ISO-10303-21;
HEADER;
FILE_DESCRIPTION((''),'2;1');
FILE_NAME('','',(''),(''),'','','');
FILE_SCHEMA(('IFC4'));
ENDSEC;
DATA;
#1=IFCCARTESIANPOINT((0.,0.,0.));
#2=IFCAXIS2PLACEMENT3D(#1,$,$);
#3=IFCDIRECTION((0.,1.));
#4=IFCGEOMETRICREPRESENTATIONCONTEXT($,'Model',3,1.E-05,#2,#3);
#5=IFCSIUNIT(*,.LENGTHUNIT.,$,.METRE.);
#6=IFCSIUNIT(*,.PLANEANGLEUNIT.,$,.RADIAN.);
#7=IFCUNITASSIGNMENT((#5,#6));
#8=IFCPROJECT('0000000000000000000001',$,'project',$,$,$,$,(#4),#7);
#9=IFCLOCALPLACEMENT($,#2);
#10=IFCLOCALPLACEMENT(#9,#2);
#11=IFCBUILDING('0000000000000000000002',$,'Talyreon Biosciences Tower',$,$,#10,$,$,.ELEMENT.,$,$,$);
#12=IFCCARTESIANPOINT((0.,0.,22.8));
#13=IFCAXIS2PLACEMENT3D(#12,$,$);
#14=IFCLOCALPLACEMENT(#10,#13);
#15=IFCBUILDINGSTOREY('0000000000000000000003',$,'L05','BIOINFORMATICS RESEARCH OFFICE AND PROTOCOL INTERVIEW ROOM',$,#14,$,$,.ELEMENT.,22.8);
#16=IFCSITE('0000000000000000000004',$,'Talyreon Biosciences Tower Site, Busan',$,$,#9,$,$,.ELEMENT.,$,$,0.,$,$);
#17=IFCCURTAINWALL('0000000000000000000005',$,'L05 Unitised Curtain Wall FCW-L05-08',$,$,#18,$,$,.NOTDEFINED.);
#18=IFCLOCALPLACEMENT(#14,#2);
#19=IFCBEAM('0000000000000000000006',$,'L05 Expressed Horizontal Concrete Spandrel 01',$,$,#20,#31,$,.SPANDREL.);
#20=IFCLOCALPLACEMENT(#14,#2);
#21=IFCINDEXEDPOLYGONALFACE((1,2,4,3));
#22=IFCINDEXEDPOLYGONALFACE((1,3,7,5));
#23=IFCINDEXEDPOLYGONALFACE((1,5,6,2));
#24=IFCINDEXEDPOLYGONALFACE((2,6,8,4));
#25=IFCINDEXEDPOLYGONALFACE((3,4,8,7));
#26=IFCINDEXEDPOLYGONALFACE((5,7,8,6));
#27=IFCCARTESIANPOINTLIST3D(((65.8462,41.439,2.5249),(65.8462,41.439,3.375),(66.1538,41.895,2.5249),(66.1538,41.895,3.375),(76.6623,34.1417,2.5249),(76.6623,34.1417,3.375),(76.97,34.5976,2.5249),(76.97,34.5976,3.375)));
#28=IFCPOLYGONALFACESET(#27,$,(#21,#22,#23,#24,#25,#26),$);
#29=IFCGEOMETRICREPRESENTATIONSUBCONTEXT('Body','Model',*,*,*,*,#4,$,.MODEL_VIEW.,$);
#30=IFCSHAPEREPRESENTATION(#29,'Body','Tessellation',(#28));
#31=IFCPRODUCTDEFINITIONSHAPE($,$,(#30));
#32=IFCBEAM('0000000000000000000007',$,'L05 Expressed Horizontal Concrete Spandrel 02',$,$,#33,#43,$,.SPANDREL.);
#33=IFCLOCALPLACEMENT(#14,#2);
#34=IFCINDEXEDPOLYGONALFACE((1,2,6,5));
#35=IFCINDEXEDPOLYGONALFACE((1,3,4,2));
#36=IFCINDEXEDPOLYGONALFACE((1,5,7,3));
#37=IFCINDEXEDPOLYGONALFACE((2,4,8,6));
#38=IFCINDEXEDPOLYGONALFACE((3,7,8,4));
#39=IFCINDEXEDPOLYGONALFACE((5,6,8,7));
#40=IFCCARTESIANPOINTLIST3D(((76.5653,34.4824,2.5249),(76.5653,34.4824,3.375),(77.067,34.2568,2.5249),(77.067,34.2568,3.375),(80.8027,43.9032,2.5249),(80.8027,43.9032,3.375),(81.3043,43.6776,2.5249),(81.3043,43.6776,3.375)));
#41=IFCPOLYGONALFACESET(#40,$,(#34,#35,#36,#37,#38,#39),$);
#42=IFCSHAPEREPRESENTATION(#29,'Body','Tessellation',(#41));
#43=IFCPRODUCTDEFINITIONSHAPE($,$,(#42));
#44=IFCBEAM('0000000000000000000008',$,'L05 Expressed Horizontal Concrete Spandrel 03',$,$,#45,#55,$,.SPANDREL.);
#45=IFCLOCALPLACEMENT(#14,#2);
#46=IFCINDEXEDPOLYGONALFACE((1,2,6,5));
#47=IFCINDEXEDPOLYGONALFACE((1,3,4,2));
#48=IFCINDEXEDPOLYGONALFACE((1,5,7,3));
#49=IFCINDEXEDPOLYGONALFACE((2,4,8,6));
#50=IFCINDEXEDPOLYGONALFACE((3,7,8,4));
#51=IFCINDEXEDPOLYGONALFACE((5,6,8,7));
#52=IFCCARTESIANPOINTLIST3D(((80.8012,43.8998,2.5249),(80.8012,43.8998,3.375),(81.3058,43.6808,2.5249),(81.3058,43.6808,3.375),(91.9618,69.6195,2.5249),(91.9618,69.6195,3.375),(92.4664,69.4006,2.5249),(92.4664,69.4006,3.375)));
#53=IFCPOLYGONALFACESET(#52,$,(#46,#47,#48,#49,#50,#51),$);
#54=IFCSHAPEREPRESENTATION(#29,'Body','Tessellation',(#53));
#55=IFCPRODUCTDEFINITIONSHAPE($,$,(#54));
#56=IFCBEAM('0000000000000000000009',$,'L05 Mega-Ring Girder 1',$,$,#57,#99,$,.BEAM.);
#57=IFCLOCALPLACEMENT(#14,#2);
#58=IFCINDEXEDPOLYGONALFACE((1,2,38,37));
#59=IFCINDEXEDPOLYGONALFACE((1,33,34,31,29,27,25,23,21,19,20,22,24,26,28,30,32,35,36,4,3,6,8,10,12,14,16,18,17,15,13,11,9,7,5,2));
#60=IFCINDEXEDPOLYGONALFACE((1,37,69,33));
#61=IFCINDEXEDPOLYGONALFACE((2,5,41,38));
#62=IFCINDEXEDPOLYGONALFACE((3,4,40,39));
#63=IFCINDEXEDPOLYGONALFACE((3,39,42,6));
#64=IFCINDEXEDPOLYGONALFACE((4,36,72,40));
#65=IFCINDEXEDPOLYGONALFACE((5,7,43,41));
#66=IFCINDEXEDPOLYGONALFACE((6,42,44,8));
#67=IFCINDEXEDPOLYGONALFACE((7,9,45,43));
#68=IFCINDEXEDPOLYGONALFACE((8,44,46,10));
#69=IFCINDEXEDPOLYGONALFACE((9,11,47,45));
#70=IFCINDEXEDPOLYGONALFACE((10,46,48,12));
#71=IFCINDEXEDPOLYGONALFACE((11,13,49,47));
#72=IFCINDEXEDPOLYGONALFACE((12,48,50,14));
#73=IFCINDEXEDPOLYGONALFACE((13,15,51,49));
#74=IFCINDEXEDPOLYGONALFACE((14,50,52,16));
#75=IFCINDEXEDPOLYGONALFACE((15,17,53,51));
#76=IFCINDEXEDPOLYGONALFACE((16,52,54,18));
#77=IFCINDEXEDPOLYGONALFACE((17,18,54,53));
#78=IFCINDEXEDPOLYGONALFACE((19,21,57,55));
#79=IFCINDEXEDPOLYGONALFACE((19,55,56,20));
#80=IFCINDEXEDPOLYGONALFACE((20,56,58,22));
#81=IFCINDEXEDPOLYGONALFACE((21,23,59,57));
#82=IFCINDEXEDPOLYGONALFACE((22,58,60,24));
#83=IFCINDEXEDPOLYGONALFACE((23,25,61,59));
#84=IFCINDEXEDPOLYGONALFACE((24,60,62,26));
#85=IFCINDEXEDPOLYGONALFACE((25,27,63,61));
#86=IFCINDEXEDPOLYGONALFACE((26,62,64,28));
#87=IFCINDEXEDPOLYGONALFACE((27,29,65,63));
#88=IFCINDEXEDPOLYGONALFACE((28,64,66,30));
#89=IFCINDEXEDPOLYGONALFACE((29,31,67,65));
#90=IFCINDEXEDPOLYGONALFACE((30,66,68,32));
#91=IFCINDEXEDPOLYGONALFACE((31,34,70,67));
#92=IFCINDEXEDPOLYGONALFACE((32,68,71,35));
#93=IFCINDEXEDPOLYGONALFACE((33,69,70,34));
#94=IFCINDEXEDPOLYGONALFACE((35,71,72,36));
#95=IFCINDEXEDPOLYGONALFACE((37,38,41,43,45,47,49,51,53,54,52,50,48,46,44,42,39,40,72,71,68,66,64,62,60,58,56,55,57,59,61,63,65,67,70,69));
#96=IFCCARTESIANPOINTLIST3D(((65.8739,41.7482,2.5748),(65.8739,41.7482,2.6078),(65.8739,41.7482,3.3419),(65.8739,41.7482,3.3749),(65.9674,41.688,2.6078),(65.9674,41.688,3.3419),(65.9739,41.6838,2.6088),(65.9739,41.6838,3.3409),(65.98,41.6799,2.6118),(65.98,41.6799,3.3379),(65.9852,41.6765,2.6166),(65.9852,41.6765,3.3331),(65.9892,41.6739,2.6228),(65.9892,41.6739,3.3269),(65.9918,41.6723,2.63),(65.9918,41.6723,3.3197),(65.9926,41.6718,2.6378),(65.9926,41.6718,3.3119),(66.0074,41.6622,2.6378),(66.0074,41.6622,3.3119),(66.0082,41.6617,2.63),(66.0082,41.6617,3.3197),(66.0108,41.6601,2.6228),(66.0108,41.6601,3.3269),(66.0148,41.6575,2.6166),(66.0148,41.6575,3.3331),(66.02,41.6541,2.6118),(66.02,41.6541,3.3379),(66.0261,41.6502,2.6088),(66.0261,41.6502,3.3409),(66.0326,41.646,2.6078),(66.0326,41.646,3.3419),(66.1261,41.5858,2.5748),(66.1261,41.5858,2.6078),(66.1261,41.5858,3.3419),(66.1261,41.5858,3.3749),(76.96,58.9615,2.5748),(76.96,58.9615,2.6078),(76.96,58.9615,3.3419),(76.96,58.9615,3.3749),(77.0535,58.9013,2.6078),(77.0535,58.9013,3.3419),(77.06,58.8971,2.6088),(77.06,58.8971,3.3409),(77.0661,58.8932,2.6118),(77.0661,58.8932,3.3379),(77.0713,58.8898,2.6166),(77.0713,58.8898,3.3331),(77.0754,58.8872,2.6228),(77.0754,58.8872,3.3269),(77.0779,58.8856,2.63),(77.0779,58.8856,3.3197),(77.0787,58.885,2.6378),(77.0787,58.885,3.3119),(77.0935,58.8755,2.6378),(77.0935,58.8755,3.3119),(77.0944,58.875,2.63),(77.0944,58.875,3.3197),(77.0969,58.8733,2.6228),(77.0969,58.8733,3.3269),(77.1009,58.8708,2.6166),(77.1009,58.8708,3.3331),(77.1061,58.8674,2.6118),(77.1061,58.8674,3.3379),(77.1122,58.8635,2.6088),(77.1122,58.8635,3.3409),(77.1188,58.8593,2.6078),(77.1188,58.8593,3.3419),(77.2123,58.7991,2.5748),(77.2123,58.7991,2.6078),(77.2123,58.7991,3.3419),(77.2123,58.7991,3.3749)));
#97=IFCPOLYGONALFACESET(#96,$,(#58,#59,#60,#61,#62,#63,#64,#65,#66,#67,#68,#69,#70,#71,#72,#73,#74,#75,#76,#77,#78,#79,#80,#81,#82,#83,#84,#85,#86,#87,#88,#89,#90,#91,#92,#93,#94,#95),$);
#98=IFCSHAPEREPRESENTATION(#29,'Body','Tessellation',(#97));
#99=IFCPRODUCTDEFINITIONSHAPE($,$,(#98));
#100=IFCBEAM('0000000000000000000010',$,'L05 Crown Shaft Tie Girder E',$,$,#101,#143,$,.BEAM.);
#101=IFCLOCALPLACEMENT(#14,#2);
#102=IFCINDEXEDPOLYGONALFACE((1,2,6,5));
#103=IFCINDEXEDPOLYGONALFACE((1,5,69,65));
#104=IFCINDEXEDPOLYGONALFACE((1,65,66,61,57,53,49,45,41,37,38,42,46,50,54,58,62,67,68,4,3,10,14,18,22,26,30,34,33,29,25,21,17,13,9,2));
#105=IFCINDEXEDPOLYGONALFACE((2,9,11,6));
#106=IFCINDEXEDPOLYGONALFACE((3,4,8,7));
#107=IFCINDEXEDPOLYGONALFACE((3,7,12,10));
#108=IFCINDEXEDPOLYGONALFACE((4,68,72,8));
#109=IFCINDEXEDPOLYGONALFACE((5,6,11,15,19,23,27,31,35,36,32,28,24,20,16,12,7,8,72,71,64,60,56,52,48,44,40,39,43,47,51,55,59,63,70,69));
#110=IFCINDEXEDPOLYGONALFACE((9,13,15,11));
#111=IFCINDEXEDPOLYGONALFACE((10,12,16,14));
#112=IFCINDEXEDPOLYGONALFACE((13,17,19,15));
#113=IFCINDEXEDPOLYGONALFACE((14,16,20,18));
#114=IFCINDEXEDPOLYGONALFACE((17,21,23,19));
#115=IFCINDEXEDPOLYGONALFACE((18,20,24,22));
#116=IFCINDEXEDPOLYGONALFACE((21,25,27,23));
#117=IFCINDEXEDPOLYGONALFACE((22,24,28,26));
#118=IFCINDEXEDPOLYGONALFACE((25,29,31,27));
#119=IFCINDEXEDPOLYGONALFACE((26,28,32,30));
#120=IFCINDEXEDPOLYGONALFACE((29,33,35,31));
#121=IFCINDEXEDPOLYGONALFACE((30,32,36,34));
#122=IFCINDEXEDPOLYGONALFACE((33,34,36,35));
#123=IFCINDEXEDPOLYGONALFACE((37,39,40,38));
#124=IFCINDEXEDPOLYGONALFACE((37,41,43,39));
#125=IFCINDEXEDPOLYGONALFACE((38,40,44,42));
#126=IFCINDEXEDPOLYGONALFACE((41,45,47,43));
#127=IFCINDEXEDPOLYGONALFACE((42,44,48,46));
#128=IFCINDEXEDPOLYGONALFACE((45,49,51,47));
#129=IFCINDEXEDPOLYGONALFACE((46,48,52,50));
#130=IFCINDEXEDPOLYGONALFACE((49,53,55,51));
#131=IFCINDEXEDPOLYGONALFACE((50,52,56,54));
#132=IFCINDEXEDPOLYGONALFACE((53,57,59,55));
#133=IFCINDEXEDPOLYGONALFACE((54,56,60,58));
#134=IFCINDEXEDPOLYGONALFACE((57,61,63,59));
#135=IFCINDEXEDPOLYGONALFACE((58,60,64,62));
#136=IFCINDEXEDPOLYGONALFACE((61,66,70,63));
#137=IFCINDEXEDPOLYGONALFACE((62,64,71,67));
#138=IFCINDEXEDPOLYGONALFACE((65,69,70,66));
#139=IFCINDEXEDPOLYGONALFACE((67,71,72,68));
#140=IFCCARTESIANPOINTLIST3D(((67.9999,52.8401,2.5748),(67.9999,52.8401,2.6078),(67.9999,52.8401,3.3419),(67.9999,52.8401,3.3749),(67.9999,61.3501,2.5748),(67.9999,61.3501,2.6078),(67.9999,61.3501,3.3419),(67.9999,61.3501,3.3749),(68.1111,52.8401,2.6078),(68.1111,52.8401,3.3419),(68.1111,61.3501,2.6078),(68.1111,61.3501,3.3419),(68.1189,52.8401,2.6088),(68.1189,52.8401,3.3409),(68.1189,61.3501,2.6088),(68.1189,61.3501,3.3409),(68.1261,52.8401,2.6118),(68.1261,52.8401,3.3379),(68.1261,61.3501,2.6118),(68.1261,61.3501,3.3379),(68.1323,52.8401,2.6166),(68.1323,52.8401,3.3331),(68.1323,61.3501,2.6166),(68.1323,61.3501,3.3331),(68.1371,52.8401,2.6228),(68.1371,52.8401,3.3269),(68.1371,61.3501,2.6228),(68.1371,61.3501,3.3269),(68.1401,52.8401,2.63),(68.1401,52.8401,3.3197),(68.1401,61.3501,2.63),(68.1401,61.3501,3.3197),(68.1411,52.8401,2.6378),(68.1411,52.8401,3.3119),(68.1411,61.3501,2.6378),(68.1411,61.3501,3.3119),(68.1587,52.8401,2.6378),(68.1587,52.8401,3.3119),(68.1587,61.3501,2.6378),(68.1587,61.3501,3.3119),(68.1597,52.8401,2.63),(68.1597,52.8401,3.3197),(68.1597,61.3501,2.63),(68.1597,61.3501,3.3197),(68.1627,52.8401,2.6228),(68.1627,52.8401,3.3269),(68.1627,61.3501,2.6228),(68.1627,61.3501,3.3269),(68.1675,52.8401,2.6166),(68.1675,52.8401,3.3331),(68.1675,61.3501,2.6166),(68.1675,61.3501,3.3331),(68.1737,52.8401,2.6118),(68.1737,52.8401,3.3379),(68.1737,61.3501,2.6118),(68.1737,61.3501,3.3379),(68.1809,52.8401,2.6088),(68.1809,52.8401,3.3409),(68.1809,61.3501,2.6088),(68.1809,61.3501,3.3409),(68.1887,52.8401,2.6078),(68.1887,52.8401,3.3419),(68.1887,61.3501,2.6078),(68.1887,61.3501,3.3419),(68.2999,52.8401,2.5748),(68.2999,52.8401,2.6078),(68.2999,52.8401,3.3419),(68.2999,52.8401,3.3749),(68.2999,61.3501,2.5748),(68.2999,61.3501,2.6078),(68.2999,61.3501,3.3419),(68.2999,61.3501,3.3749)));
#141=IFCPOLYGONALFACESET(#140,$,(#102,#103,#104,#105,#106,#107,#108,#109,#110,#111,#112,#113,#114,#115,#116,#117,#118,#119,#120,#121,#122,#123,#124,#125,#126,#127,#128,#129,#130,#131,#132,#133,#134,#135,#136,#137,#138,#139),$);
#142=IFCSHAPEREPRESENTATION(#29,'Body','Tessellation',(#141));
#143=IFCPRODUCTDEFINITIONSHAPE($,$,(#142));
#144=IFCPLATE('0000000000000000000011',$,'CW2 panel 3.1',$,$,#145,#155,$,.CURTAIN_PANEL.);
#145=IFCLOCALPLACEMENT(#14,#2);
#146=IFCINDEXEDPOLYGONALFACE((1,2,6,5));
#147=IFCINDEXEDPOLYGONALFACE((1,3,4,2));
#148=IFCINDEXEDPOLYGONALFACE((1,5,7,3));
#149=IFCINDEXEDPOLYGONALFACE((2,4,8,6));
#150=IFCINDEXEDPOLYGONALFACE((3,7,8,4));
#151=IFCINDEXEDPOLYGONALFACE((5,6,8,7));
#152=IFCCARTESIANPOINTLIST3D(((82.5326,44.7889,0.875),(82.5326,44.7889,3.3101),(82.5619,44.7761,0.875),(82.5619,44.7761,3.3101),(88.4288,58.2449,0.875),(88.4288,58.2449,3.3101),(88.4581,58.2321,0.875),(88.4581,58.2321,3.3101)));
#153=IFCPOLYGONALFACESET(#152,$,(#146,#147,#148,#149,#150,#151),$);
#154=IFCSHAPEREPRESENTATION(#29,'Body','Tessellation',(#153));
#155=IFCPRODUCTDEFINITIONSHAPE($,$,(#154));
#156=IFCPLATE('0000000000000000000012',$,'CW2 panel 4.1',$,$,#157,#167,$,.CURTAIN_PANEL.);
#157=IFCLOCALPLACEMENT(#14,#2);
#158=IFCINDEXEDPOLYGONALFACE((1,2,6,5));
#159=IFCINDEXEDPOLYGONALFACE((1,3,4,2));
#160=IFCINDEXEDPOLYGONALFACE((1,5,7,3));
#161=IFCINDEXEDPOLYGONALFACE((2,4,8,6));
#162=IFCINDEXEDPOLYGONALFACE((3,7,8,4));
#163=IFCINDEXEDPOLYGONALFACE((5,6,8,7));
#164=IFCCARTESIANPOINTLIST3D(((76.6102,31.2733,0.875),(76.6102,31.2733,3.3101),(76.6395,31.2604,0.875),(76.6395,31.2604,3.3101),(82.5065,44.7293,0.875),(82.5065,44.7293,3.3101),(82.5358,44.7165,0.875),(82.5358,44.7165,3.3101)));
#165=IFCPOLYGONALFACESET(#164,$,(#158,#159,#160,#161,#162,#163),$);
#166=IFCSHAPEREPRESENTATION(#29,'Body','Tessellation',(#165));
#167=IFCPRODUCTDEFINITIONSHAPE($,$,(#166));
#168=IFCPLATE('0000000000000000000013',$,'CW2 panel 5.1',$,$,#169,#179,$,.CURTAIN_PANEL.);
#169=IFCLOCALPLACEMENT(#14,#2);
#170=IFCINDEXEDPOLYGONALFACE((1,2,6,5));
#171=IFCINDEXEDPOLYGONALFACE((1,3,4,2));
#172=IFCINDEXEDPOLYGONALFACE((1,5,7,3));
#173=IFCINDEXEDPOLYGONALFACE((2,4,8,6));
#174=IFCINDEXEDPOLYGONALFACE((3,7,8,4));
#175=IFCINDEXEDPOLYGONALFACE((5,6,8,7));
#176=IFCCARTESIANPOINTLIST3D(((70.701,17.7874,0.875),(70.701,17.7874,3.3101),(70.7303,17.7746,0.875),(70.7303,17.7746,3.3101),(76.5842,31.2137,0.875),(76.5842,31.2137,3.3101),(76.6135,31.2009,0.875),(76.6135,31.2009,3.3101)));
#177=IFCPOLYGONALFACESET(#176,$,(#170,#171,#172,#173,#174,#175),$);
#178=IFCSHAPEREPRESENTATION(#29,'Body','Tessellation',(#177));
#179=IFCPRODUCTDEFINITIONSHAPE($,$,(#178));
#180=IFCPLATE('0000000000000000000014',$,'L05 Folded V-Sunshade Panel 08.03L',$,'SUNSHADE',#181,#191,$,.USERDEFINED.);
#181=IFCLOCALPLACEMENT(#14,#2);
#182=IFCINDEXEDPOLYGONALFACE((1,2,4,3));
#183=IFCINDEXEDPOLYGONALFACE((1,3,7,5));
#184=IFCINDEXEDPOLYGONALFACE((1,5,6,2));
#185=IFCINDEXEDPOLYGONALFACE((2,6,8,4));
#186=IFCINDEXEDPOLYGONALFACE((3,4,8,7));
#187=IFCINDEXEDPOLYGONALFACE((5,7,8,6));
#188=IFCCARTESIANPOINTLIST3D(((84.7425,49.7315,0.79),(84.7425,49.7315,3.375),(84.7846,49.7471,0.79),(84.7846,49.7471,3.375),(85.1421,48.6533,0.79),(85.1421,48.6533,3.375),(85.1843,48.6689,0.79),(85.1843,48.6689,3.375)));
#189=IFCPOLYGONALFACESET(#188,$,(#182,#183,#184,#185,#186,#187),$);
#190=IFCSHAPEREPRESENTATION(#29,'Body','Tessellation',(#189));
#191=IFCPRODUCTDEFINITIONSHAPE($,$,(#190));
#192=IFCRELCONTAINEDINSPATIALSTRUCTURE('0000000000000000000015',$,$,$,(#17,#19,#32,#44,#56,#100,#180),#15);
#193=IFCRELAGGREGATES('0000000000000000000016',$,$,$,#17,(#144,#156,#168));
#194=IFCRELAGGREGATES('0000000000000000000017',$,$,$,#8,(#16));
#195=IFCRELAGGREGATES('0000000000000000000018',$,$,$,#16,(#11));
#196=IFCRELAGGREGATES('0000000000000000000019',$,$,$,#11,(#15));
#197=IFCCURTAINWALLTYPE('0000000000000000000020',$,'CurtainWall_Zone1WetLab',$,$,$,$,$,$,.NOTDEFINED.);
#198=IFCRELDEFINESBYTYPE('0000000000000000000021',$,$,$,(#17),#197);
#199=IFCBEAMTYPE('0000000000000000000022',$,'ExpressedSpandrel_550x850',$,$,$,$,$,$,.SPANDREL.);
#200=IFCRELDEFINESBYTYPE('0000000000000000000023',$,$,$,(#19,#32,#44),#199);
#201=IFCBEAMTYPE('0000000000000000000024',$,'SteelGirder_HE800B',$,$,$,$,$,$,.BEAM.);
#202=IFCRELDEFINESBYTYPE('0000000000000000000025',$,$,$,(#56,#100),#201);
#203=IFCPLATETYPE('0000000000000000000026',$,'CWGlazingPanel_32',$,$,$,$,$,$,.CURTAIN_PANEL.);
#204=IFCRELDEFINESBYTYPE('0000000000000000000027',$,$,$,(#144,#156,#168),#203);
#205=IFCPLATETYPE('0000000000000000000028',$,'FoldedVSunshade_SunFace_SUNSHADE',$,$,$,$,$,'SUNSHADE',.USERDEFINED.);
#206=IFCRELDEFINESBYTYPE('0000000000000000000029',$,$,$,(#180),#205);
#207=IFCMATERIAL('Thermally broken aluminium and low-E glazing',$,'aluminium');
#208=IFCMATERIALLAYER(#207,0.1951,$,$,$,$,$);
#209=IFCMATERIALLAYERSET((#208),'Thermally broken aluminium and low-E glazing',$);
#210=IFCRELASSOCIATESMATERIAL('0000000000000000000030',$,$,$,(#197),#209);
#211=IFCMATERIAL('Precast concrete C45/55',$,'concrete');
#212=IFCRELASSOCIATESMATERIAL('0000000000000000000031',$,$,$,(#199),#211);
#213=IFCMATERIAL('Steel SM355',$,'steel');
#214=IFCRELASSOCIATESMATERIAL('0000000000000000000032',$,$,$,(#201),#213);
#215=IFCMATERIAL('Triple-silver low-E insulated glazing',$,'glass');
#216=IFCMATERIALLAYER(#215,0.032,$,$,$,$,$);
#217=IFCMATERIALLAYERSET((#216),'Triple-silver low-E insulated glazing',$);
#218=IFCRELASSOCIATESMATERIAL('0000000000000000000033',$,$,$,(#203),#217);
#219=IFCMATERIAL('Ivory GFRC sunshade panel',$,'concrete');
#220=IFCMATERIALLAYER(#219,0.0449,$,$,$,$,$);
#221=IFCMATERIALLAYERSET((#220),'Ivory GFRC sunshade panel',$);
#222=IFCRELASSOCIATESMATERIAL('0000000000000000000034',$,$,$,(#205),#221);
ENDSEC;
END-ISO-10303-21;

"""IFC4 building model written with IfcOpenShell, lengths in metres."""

from ifc_helpers import new_model, si_unit, direction, frame, origin, origin_2d, place, context, subcontext, project, spatial, rectangle, i_section, extrude, material, layer, layer_set, material_profile, profile_set, type_object, element, aggregate, save


model = new_model("IFC4")

# Units and contexts
model_context = context("Model", 3, precision=1e-05, world=origin(), true_north=direction((0.0, 1.0)))
body_context = subcontext(model_context, "Body", "Model", "MODEL_VIEW")
ifc_project = project(units=[si_unit("LENGTHUNIT", "METRE"), si_unit("PLANEANGLEUNIT", "RADIAN")], contexts=[model_context])

# Site, building, storey
site_placement = place(None, origin())
site = spatial("IfcSite", under=ifc_project, at=site_placement, Name="Talyreon Biosciences Tower Site, Busan", CompositionType="ELEMENT", RefElevation=0.0)
building_placement = place(site_placement, origin())
building = spatial("IfcBuilding", under=site, at=building_placement, Name="Talyreon Biosciences Tower", CompositionType="ELEMENT")
storey_placement = place(building_placement, frame((0.0, 0.0, 22.8)))
storey = spatial("IfcBuildingStorey", under=building, at=storey_placement, Name="L05", Description="BIOINFORMATICS RESEARCH OFFICE AND PROTOCOL INTERVIEW ROOM", CompositionType="ELEMENT", Elevation=22.8)

# Shared definitions
ifc_material_1 = material(Name="Precast concrete C45/55", Category="concrete")

# Curtain wall
ifc_material_2 = material(Name="Thermally broken aluminium and low-E glazing", Category="aluminium")
ifc_layer_1 = layer(ifc_material_2, 0.1951)
ifc_layer_set_1 = layer_set([ifc_layer_1], Name="Thermally broken aluminium and low-E glazing")
curtain_wall_type = type_object("IfcCurtainWallType", Name="CurtainWall_Zone1WetLab", PredefinedType="NOTDEFINED", material=ifc_layer_set_1)
curtain_wall_placement = place(storey_placement, origin())
curtain_wall = element("IfcCurtainWall", 1, at=curtain_wall_placement, inside=storey, type_object=curtain_wall_type, Name="L05 Unitised Curtain Wall FCW-L05-08", PredefinedType="NOTDEFINED")

# Beams
ifc_material_profile_1 = material_profile(ifc_material_1, rectangle(XDim=0.55, YDim=0.8501, at=origin_2d()), Name="RCB 550x850")
ifc_profile_set_1 = profile_set([ifc_material_profile_1], Name="Precast concrete C45/55")
beam_type_1 = type_object("IfcBeamType", Name="ExpressedSpandrel_550x850", PredefinedType="SPANDREL", material=ifc_profile_set_1)
beam_1_placement = place(storey_placement, frame((66.0, 41.667, 2.95), z_axis=(0.828975, -0.559286, 0.0), x_axis=(0.559286, 0.828975, 0.0)))
element("IfcBeam", 2, at=beam_1_placement, inside=storey, type_object=beam_type_1, Name="L05 Expressed Horizontal Concrete Spandrel 01", PredefinedType="SPANDREL", context=body_context, shape_type="SweptSolid", body=[
    extrude(rectangle(XDim=0.55, YDim=0.8501, at=origin_2d()), origin(), (0.0, 0.0, 1.0), 13.0476),
])
beam_2_placement = place(storey_placement, frame((76.8162, 34.3696, 2.95), z_axis=(0.410204, 0.911994, 0.0), x_axis=(-0.911994, 0.410204, 0.0)))
element("IfcBeam", 3, at=beam_2_placement, inside=storey, type_object=beam_type_1, Name="L05 Expressed Horizontal Concrete Spandrel 02", PredefinedType="SPANDREL", context=body_context, shape_type="SweptSolid", body=[
    extrude(rectangle(XDim=0.55, YDim=0.8501, at=origin_2d()), origin(), (0.0, 0.0, 1.0), 10.3298),
])
beam_3_placement = place(storey_placement, frame((81.0535, 43.7903, 2.95), z_axis=(0.398071, 0.917355, 0.0), x_axis=(-0.917355, 0.398071, 0.0)))
element("IfcBeam", 4, at=beam_3_placement, inside=storey, type_object=beam_type_1, Name="L05 Expressed Horizontal Concrete Spandrel 03", PredefinedType="SPANDREL", context=body_context, shape_type="SweptSolid", body=[
    extrude(rectangle(XDim=0.55, YDim=0.8501, at=origin_2d()), origin(), (0.0, 0.0, 1.0), 28.0369),
])
ifc_material_3 = material(Name="Steel SM355", Category="steel")
ifc_material_profile_2 = material_profile(ifc_material_3, i_section(OverallWidth=0.3, OverallDepth=0.8, WebThickness=0.0176, FlangeThickness=0.033, FilletRadius=0.03, at=origin_2d()), Name="HE800B")
ifc_profile_set_2 = profile_set([ifc_material_profile_2], Name="Steel SM355")
beam_type_2 = type_object("IfcBeamType", Name="SteelGirder_HE800B", PredefinedType="BEAM", material=ifc_profile_set_2)
beam_4_placement = place(storey_placement, frame((66.0, 41.667, 2.9749), z_axis=(0.541464, 0.840724, 0.0), x_axis=(-0.840724, 0.541464, 0.0)))
element("IfcBeam", 5, at=beam_4_placement, inside=storey, type_object=beam_type_2, Name="L05 Mega-Ring Girder 1", PredefinedType="BEAM", context=body_context, shape_type="SweptSolid", body=[
    extrude(i_section(OverallWidth=0.3, OverallDepth=0.8, WebThickness=0.0176, FlangeThickness=0.033, FilletRadius=0.03, at=origin_2d()), origin(), (0.0, 0.0, 1.0), 20.4744),
])
beam_5_placement = place(storey_placement, frame((68.1499, 52.8401, 2.9749), z_axis=(0.0, 1.0, 0.0), x_axis=(-1.0, 0.0, 0.0)))
element("IfcBeam", 6, at=beam_5_placement, inside=storey, type_object=beam_type_2, Name="L05 Crown Shaft Tie Girder E", PredefinedType="BEAM", context=body_context, shape_type="SweptSolid", body=[
    extrude(i_section(OverallWidth=0.3, OverallDepth=0.8, WebThickness=0.0176, FlangeThickness=0.033, FilletRadius=0.03, at=origin_2d()), origin(), (0.0, 0.0, 1.0), 8.51),
])

# Plates
ifc_material_4 = material(Name="Triple-silver low-E insulated glazing", Category="glass")
ifc_layer_2 = layer(ifc_material_4, 0.032)
ifc_layer_set_2 = layer_set([ifc_layer_2], Name="Triple-silver low-E insulated glazing")
plate_type_1 = type_object("IfcPlateType", Name="CWGlazingPanel_32", PredefinedType="CURTAIN_PANEL", material=ifc_layer_set_2)
plate_1_placement = place(storey_placement, frame((85.4954, 51.5105, 0.875), z_axis=(0.0, 0.0, 1.0), x_axis=(-0.401345, -0.915927, 0.0)))
plate_1 = element("IfcPlate", 7, at=plate_1_placement, type_object=plate_type_1, Name="CW2 panel 3.1", PredefinedType="CURTAIN_PANEL", context=body_context, shape_type="SweptSolid", body=[
    extrude(rectangle(XDim=14.6912, YDim=0.032, at=origin_2d()), origin(), (0.0, 0.0, 1.0), 2.4351),
])
plate_2_placement = place(storey_placement, frame((79.573, 37.9949, 0.875), z_axis=(0.0, 0.0, 1.0), x_axis=(-0.401345, -0.915927, 0.0)))
plate_2 = element("IfcPlate", 8, at=plate_2_placement, type_object=plate_type_1, Name="CW2 panel 4.1", PredefinedType="CURTAIN_PANEL", context=body_context, shape_type="SweptSolid", body=[
    extrude(rectangle(XDim=14.6912, YDim=0.032, at=origin_2d()), origin(), (0.0, 0.0, 1.0), 2.4351),
])
plate_3_placement = place(storey_placement, frame((73.6572, 24.4941, 0.875), z_axis=(0.0, 0.0, 1.0), x_axis=(-0.401345, -0.915927, 0.0)))
plate_3 = element("IfcPlate", 9, at=plate_3_placement, type_object=plate_type_1, Name="CW2 panel 5.1", PredefinedType="CURTAIN_PANEL", context=body_context, shape_type="SweptSolid", body=[
    extrude(rectangle(XDim=14.6587, YDim=0.032, at=origin_2d()), origin(), (0.0, 0.0, 1.0), 2.4351),
])
aggregate(curtain_wall, [plate_1, plate_2, plate_3])

# Plate
ifc_material_5 = material(Name="Ivory GFRC sunshade panel", Category="concrete")
ifc_layer_3 = layer(ifc_material_5, 0.0449)
ifc_layer_set_3 = layer_set([ifc_layer_3], Name="Ivory GFRC sunshade panel")
plate_type_2 = type_object("IfcPlateType", Name="FoldedVSunshade_SunFace_SUNSHADE", ElementType="SUNSHADE", PredefinedType="USERDEFINED", material=ifc_layer_set_3)
for number, where, z_axis, x_axis, name in (
    (10, (84.9634, 49.2002, 0.79), (0.0, 0.0, 1.0), (0.347558, -0.937659, 0.0), "L05 Folded V-Sunshade Panel 08.03L"),
):
    element("IfcPlate", number, at=place(storey_placement, frame(where, z_axis=z_axis, x_axis=x_axis)), inside=storey, type_object=plate_type_2, Name=name, ObjectType="SUNSHADE", PredefinedType="USERDEFINED", context=body_context, shape_type="SweptSolid", body=[
        extrude(rectangle(XDim=1.1499, YDim=0.0449, at=origin_2d()), origin(), (0.0, 0.0, 1.0), 2.585),
    ])

save(model, "model.ifc")
